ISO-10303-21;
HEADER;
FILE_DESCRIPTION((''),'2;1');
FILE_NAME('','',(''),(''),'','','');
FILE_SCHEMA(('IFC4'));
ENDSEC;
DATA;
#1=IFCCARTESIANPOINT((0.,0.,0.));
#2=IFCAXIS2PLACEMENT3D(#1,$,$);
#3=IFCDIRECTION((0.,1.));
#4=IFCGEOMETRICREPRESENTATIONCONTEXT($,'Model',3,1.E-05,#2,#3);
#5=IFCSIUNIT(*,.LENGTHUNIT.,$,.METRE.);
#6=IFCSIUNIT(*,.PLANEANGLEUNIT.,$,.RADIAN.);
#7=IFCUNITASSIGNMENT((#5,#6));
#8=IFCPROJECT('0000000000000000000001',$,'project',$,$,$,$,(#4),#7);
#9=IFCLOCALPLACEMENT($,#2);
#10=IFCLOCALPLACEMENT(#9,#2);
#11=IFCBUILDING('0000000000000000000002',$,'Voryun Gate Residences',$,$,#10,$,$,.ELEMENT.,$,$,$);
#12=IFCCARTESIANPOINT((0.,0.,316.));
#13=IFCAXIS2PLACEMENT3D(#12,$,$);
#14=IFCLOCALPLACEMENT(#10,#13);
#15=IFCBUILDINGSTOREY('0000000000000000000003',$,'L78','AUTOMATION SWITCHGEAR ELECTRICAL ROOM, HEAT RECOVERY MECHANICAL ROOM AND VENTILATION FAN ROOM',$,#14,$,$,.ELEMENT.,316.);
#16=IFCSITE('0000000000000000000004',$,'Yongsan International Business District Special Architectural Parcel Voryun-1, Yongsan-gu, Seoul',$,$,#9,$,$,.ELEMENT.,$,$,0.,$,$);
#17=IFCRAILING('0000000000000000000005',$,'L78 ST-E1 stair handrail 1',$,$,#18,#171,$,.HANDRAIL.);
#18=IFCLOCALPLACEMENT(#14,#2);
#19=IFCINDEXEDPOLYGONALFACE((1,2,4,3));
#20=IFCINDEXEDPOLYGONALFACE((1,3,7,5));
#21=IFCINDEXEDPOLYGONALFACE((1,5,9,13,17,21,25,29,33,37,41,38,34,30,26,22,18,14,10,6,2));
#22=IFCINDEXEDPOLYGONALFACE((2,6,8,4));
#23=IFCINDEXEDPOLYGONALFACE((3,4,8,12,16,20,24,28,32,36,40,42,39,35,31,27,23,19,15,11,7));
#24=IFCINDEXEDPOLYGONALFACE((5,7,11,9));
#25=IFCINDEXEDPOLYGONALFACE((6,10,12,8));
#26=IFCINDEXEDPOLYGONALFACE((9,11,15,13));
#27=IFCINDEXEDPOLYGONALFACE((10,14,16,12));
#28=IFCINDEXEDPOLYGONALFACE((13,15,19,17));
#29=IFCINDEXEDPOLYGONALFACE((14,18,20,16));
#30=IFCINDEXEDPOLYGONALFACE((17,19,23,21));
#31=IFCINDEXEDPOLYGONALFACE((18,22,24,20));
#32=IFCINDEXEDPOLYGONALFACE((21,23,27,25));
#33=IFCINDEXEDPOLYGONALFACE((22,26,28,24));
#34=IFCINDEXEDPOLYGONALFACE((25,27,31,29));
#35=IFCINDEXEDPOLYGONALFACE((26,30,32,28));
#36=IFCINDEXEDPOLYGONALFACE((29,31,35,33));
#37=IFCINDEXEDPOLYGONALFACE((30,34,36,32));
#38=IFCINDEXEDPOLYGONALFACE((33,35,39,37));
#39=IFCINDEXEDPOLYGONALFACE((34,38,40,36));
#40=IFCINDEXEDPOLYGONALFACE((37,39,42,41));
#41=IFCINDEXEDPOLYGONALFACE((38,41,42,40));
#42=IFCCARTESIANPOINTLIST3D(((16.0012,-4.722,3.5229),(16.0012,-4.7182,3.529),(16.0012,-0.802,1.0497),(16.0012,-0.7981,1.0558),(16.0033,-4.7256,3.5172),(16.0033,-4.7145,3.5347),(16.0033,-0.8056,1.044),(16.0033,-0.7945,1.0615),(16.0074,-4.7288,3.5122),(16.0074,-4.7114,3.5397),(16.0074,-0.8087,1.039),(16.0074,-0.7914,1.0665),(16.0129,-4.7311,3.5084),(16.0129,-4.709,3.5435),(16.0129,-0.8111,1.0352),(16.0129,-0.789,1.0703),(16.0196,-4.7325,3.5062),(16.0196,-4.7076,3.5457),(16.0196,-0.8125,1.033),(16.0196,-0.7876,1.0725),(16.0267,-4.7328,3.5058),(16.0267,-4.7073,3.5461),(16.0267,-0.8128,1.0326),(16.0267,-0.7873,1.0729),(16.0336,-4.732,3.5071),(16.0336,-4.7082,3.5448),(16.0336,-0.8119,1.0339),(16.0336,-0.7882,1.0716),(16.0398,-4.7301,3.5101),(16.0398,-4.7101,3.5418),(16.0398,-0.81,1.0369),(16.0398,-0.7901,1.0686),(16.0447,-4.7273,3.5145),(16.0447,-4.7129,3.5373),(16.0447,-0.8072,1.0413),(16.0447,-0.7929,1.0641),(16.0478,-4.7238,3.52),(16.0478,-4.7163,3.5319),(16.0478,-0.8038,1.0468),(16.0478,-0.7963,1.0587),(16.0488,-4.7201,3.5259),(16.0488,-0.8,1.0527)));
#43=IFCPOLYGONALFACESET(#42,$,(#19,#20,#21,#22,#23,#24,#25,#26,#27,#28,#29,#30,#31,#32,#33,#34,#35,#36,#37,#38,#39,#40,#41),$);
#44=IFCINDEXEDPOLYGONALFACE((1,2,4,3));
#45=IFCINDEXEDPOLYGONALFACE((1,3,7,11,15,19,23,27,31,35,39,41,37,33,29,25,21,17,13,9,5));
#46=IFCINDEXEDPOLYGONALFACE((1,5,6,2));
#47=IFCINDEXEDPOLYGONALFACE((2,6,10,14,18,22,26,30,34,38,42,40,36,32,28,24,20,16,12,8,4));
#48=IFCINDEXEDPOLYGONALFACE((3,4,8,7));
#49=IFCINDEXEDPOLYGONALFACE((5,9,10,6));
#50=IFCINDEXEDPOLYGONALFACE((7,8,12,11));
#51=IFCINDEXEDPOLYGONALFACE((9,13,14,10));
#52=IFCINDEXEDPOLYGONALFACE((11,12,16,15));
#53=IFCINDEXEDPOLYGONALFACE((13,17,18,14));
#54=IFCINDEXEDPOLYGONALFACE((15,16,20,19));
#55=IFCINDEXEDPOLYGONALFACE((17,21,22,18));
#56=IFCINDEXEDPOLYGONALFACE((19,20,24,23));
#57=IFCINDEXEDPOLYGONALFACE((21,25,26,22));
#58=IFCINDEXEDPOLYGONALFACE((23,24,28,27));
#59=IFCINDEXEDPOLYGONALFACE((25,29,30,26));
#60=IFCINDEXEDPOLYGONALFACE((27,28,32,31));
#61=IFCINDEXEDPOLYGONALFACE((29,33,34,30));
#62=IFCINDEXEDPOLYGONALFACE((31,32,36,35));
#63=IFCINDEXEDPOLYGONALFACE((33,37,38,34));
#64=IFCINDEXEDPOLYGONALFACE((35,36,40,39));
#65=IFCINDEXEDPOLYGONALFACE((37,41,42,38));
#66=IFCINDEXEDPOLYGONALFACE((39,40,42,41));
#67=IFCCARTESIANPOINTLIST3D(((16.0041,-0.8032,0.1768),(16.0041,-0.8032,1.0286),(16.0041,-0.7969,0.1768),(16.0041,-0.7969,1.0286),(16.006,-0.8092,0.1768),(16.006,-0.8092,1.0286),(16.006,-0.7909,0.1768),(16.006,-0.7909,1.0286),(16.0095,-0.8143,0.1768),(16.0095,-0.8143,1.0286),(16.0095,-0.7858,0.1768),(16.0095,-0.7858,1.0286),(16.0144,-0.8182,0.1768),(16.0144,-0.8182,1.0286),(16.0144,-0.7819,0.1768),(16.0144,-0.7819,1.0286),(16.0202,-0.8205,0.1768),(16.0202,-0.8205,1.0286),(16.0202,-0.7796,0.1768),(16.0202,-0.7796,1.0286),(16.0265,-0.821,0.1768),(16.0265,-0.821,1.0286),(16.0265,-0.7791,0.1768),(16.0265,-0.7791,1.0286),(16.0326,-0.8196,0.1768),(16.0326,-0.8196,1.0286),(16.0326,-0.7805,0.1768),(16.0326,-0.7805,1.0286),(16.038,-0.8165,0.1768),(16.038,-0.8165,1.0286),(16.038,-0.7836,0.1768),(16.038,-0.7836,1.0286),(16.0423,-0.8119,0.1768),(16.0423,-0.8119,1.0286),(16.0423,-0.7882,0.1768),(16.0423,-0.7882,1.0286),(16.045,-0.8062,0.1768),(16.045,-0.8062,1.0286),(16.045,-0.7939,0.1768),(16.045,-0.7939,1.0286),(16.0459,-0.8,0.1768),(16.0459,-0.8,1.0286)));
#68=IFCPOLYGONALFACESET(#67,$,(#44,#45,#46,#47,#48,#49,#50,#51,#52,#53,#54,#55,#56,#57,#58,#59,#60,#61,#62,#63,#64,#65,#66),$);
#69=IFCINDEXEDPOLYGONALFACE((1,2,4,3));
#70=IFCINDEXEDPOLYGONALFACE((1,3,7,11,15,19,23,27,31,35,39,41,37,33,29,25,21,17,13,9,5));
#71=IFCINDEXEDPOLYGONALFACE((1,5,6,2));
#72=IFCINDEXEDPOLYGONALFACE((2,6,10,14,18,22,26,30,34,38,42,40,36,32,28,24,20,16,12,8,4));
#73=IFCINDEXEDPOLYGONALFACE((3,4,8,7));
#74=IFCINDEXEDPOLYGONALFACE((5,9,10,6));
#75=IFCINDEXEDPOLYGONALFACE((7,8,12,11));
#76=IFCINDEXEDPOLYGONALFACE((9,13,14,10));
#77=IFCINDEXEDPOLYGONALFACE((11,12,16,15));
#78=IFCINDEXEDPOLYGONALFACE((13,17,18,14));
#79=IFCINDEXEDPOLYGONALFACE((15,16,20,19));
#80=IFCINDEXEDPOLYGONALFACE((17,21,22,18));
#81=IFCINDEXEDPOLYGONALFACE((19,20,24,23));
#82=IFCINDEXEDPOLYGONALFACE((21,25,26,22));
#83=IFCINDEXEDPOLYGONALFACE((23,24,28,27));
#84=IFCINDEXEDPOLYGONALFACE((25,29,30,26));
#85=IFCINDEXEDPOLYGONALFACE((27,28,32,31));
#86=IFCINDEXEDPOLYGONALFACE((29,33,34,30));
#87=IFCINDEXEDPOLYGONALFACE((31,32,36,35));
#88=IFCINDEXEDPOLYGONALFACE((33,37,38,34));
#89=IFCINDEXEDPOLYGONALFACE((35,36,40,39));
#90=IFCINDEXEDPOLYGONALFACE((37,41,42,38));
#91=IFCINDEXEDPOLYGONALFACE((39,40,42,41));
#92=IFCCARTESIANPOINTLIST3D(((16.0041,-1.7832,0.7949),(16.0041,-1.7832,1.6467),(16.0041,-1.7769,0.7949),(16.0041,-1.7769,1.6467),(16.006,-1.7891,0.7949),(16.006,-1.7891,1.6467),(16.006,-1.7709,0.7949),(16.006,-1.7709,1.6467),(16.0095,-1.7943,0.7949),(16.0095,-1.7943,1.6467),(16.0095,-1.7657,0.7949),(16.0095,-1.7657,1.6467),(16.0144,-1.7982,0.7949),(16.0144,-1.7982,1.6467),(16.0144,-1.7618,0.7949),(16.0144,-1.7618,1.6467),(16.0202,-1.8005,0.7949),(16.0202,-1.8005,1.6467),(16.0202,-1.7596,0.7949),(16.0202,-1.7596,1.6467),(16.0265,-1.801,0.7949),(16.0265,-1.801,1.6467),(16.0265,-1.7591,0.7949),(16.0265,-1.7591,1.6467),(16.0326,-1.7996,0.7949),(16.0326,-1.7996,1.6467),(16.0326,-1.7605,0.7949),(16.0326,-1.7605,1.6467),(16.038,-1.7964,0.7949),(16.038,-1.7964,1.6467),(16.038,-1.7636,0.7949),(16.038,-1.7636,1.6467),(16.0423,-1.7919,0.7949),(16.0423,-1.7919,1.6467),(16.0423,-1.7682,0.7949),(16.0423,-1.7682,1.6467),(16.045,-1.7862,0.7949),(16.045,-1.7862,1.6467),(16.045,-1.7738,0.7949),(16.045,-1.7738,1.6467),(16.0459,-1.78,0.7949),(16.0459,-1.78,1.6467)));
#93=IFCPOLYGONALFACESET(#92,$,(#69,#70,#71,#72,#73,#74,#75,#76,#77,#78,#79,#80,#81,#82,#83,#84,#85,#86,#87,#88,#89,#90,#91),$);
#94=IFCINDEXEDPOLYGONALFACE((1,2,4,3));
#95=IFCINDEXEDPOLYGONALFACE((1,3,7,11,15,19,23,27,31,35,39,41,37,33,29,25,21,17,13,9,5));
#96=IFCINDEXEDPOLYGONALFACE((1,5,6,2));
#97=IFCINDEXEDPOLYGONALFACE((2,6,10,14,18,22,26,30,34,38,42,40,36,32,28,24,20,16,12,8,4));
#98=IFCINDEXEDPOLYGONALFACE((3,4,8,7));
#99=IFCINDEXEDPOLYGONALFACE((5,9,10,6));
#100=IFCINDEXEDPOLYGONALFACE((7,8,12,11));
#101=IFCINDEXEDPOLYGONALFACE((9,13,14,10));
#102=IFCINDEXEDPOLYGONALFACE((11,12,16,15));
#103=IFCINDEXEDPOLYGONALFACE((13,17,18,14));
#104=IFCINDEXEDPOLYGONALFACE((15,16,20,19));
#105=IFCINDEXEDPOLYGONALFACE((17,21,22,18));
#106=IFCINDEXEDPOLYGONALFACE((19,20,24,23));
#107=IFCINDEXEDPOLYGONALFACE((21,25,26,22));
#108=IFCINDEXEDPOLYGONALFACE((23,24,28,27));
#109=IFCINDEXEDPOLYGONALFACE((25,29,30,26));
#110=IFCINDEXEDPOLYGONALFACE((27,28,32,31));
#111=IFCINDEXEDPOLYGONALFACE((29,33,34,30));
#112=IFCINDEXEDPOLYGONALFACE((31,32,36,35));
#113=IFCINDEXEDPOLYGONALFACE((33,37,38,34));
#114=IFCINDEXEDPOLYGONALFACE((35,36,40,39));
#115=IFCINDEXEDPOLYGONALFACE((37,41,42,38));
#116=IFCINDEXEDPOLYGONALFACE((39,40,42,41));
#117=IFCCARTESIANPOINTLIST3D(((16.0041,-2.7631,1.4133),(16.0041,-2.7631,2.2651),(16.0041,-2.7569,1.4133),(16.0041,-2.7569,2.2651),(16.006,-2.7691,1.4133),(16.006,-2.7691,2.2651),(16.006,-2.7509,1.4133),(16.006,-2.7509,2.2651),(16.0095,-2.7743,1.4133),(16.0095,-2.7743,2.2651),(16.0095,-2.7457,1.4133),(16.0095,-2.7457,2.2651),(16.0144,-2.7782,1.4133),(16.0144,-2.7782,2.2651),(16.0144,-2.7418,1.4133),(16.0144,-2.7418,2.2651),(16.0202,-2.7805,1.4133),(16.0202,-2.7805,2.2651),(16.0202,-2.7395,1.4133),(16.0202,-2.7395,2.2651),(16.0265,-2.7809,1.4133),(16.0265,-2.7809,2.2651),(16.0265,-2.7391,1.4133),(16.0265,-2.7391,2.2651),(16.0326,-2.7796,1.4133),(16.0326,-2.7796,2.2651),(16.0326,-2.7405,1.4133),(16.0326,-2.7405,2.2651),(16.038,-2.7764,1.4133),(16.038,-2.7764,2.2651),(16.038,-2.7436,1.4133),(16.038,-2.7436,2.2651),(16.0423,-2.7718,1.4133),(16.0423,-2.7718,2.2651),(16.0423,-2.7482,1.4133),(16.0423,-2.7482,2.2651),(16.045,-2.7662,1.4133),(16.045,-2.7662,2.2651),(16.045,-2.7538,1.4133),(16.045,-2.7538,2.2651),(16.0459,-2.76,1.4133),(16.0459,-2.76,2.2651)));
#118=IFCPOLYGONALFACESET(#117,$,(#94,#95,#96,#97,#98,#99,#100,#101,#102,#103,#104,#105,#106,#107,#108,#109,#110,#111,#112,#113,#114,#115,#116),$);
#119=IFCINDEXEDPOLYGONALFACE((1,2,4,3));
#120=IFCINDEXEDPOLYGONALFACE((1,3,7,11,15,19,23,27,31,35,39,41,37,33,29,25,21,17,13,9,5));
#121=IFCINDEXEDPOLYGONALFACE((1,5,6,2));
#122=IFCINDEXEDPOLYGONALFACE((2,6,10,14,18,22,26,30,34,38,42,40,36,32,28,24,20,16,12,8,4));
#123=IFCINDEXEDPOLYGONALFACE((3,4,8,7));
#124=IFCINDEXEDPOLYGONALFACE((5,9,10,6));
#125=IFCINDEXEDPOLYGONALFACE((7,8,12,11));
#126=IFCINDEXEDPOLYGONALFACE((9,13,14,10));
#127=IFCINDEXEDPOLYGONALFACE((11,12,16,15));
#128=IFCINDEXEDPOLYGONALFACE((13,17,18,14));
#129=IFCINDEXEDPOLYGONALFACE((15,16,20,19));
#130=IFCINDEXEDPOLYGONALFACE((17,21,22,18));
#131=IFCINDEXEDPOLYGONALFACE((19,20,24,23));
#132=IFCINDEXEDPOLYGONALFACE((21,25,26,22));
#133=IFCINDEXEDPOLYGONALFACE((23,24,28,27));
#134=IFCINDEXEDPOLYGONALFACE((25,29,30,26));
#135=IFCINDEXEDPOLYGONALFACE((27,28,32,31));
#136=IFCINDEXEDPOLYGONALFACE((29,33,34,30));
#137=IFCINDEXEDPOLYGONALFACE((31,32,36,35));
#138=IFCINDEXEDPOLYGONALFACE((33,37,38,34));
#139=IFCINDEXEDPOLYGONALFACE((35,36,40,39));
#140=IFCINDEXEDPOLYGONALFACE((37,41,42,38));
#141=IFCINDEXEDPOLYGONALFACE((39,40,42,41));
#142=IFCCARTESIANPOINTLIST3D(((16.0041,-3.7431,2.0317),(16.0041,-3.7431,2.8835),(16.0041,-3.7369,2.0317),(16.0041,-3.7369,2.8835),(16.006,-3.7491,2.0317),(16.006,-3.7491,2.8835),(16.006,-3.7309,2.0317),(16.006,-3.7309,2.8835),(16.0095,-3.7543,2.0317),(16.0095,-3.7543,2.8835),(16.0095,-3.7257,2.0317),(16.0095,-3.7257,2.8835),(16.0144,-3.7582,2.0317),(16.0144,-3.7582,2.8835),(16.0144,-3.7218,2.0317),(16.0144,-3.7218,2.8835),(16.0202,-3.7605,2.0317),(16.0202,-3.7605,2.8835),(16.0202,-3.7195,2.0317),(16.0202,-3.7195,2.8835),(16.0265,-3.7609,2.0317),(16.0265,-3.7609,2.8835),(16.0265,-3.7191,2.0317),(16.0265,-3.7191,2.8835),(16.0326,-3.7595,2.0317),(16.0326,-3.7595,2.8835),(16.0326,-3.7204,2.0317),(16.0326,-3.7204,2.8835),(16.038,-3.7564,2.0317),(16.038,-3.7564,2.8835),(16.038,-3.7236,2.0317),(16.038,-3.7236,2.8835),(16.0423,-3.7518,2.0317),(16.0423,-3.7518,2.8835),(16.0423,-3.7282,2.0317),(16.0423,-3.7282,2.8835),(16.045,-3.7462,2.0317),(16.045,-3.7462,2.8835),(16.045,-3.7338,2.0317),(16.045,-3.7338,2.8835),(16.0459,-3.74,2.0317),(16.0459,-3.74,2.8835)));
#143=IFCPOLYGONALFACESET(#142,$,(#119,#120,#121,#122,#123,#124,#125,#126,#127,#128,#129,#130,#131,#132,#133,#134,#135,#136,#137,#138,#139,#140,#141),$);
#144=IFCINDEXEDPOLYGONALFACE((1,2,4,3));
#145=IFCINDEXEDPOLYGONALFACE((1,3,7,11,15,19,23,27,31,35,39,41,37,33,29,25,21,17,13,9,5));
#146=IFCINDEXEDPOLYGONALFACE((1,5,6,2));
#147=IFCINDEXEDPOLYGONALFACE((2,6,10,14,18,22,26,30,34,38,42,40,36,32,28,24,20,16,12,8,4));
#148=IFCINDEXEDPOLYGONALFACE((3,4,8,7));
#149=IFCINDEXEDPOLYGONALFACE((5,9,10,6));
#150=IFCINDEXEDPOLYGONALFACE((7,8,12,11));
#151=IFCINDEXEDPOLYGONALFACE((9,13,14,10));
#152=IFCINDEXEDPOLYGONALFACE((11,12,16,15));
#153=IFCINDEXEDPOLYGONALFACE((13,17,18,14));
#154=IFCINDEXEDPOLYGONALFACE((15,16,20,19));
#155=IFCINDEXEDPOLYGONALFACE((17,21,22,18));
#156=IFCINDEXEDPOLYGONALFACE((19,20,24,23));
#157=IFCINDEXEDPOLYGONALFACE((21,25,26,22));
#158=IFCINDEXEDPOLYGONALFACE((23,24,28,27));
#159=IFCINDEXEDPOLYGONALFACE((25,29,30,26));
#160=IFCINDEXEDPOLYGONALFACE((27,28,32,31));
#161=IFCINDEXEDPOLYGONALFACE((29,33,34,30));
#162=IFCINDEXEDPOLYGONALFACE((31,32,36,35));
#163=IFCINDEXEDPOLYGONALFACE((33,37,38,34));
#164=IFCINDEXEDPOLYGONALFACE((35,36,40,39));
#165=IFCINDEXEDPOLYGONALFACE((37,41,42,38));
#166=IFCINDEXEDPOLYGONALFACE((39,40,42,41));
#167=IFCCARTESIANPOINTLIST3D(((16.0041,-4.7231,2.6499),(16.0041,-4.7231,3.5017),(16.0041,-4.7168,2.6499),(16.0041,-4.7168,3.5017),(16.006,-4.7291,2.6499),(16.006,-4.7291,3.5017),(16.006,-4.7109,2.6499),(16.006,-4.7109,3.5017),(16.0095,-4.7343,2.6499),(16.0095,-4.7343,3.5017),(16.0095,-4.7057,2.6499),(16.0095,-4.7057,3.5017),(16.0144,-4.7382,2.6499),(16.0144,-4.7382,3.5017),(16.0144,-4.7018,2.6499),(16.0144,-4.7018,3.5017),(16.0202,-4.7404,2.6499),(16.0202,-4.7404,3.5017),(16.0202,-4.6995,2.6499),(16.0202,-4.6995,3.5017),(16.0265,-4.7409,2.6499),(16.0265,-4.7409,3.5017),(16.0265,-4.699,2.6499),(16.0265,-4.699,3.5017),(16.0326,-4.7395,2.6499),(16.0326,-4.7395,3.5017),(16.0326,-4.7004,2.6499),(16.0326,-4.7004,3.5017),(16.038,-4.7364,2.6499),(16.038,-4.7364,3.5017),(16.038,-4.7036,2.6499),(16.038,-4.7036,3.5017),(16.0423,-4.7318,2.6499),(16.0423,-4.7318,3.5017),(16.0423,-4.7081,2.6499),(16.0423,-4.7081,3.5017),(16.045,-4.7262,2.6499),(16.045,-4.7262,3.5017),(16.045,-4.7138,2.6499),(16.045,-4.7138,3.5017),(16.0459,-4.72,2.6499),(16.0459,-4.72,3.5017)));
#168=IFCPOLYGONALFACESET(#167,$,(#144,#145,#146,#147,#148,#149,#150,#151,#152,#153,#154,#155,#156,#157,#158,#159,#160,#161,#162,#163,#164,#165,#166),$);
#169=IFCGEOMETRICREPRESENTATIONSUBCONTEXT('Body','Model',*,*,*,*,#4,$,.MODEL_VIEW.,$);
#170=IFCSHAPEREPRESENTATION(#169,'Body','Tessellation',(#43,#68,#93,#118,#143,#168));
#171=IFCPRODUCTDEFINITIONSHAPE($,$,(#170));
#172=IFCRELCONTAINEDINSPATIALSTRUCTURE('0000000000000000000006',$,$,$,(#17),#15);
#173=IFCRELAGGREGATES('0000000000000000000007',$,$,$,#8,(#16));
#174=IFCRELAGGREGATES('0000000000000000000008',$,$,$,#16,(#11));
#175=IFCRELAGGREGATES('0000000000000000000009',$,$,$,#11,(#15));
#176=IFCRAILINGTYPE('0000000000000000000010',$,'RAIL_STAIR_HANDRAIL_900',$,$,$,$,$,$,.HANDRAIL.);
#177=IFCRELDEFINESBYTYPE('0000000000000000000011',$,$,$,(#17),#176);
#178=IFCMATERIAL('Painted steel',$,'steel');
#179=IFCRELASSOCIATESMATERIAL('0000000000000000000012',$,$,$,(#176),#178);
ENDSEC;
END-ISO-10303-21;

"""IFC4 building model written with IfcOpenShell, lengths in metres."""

from ifc_helpers import new_model, si_unit, direction, frame, origin, origin_2d, place, context, subcontext, project, spatial, circle, extrude, material, type_object, element, save


model = new_model("IFC4")

# Units and contexts
model_context = context("Model", 3, precision=1e-05, world=origin(), true_north=direction((0.0, 1.0)))
body_context = subcontext(model_context, "Body", "Model", "MODEL_VIEW")
ifc_project = project(units=[si_unit("LENGTHUNIT", "METRE"), si_unit("PLANEANGLEUNIT", "RADIAN")], contexts=[model_context])

# Site, building, storey
site_placement = place(None, origin())
site = spatial("IfcSite", under=ifc_project, at=site_placement, Name="Yongsan International Business District Special Architectural Parcel Voryun-1, Yongsan-gu, Seoul", CompositionType="ELEMENT", RefElevation=0.0)
building_placement = place(site_placement, origin())
building = spatial("IfcBuilding", under=site, at=building_placement, Name="Voryun Gate Residences", CompositionType="ELEMENT")
storey_placement = place(building_placement, frame((0.0, 0.0, 316.0)))
storey = spatial("IfcBuildingStorey", under=building, at=storey_placement, Name="L78", Description="AUTOMATION SWITCHGEAR ELECTRICAL ROOM, HEAT RECOVERY MECHANICAL ROOM AND VENTILATION FAN ROOM", CompositionType="ELEMENT", Elevation=316.0)

# Railing
ifc_material_1 = material(Name="Painted steel", Category="steel")
railing_type_1 = type_object("IfcRailingType", Name="RAIL_STAIR_HANDRAIL_900", PredefinedType="HANDRAIL", material=ifc_material_1)
railing_1_placement = place(storey_placement, frame((16.0249, -0.8, 0.1768)))
element("IfcRailing", 1, at=railing_1_placement, inside=storey, type_object=railing_type_1, Name="L78 ST-E1 stair handrail 1", PredefinedType="HANDRAIL", context=body_context, shape_type="SweptSolid", body=[
    extrude(circle(Radius=0.0239, at=origin_2d()), frame((0.0, 0.0, 0.876), z_axis=(0.0, -0.845742, 0.533593), x_axis=(1.0, 0.0, 0.0)), (0.0, 0.0, 1.0), 4.635),
    extrude(circle(Radius=0.021, at=origin_2d()), origin(), (0.0, 0.0, 1.0), 0.8518),
    extrude(circle(Radius=0.021, at=origin_2d()), frame((0.0, -0.98, 0.6182)), (0.0, 0.0, 1.0), 0.8518),
    extrude(circle(Radius=0.021, at=origin_2d()), frame((0.0, -1.96, 1.2366)), (0.0, 0.0, 1.0), 0.8518),
    extrude(circle(Radius=0.021, at=origin_2d()), frame((0.0, -2.9399, 1.855)), (0.0, 0.0, 1.0), 0.8518),
    extrude(circle(Radius=0.021, at=origin_2d()), frame((0.0, -3.9199, 2.4731)), (0.0, 0.0, 1.0), 0.8518),
])

save(model, "model.ifc")
